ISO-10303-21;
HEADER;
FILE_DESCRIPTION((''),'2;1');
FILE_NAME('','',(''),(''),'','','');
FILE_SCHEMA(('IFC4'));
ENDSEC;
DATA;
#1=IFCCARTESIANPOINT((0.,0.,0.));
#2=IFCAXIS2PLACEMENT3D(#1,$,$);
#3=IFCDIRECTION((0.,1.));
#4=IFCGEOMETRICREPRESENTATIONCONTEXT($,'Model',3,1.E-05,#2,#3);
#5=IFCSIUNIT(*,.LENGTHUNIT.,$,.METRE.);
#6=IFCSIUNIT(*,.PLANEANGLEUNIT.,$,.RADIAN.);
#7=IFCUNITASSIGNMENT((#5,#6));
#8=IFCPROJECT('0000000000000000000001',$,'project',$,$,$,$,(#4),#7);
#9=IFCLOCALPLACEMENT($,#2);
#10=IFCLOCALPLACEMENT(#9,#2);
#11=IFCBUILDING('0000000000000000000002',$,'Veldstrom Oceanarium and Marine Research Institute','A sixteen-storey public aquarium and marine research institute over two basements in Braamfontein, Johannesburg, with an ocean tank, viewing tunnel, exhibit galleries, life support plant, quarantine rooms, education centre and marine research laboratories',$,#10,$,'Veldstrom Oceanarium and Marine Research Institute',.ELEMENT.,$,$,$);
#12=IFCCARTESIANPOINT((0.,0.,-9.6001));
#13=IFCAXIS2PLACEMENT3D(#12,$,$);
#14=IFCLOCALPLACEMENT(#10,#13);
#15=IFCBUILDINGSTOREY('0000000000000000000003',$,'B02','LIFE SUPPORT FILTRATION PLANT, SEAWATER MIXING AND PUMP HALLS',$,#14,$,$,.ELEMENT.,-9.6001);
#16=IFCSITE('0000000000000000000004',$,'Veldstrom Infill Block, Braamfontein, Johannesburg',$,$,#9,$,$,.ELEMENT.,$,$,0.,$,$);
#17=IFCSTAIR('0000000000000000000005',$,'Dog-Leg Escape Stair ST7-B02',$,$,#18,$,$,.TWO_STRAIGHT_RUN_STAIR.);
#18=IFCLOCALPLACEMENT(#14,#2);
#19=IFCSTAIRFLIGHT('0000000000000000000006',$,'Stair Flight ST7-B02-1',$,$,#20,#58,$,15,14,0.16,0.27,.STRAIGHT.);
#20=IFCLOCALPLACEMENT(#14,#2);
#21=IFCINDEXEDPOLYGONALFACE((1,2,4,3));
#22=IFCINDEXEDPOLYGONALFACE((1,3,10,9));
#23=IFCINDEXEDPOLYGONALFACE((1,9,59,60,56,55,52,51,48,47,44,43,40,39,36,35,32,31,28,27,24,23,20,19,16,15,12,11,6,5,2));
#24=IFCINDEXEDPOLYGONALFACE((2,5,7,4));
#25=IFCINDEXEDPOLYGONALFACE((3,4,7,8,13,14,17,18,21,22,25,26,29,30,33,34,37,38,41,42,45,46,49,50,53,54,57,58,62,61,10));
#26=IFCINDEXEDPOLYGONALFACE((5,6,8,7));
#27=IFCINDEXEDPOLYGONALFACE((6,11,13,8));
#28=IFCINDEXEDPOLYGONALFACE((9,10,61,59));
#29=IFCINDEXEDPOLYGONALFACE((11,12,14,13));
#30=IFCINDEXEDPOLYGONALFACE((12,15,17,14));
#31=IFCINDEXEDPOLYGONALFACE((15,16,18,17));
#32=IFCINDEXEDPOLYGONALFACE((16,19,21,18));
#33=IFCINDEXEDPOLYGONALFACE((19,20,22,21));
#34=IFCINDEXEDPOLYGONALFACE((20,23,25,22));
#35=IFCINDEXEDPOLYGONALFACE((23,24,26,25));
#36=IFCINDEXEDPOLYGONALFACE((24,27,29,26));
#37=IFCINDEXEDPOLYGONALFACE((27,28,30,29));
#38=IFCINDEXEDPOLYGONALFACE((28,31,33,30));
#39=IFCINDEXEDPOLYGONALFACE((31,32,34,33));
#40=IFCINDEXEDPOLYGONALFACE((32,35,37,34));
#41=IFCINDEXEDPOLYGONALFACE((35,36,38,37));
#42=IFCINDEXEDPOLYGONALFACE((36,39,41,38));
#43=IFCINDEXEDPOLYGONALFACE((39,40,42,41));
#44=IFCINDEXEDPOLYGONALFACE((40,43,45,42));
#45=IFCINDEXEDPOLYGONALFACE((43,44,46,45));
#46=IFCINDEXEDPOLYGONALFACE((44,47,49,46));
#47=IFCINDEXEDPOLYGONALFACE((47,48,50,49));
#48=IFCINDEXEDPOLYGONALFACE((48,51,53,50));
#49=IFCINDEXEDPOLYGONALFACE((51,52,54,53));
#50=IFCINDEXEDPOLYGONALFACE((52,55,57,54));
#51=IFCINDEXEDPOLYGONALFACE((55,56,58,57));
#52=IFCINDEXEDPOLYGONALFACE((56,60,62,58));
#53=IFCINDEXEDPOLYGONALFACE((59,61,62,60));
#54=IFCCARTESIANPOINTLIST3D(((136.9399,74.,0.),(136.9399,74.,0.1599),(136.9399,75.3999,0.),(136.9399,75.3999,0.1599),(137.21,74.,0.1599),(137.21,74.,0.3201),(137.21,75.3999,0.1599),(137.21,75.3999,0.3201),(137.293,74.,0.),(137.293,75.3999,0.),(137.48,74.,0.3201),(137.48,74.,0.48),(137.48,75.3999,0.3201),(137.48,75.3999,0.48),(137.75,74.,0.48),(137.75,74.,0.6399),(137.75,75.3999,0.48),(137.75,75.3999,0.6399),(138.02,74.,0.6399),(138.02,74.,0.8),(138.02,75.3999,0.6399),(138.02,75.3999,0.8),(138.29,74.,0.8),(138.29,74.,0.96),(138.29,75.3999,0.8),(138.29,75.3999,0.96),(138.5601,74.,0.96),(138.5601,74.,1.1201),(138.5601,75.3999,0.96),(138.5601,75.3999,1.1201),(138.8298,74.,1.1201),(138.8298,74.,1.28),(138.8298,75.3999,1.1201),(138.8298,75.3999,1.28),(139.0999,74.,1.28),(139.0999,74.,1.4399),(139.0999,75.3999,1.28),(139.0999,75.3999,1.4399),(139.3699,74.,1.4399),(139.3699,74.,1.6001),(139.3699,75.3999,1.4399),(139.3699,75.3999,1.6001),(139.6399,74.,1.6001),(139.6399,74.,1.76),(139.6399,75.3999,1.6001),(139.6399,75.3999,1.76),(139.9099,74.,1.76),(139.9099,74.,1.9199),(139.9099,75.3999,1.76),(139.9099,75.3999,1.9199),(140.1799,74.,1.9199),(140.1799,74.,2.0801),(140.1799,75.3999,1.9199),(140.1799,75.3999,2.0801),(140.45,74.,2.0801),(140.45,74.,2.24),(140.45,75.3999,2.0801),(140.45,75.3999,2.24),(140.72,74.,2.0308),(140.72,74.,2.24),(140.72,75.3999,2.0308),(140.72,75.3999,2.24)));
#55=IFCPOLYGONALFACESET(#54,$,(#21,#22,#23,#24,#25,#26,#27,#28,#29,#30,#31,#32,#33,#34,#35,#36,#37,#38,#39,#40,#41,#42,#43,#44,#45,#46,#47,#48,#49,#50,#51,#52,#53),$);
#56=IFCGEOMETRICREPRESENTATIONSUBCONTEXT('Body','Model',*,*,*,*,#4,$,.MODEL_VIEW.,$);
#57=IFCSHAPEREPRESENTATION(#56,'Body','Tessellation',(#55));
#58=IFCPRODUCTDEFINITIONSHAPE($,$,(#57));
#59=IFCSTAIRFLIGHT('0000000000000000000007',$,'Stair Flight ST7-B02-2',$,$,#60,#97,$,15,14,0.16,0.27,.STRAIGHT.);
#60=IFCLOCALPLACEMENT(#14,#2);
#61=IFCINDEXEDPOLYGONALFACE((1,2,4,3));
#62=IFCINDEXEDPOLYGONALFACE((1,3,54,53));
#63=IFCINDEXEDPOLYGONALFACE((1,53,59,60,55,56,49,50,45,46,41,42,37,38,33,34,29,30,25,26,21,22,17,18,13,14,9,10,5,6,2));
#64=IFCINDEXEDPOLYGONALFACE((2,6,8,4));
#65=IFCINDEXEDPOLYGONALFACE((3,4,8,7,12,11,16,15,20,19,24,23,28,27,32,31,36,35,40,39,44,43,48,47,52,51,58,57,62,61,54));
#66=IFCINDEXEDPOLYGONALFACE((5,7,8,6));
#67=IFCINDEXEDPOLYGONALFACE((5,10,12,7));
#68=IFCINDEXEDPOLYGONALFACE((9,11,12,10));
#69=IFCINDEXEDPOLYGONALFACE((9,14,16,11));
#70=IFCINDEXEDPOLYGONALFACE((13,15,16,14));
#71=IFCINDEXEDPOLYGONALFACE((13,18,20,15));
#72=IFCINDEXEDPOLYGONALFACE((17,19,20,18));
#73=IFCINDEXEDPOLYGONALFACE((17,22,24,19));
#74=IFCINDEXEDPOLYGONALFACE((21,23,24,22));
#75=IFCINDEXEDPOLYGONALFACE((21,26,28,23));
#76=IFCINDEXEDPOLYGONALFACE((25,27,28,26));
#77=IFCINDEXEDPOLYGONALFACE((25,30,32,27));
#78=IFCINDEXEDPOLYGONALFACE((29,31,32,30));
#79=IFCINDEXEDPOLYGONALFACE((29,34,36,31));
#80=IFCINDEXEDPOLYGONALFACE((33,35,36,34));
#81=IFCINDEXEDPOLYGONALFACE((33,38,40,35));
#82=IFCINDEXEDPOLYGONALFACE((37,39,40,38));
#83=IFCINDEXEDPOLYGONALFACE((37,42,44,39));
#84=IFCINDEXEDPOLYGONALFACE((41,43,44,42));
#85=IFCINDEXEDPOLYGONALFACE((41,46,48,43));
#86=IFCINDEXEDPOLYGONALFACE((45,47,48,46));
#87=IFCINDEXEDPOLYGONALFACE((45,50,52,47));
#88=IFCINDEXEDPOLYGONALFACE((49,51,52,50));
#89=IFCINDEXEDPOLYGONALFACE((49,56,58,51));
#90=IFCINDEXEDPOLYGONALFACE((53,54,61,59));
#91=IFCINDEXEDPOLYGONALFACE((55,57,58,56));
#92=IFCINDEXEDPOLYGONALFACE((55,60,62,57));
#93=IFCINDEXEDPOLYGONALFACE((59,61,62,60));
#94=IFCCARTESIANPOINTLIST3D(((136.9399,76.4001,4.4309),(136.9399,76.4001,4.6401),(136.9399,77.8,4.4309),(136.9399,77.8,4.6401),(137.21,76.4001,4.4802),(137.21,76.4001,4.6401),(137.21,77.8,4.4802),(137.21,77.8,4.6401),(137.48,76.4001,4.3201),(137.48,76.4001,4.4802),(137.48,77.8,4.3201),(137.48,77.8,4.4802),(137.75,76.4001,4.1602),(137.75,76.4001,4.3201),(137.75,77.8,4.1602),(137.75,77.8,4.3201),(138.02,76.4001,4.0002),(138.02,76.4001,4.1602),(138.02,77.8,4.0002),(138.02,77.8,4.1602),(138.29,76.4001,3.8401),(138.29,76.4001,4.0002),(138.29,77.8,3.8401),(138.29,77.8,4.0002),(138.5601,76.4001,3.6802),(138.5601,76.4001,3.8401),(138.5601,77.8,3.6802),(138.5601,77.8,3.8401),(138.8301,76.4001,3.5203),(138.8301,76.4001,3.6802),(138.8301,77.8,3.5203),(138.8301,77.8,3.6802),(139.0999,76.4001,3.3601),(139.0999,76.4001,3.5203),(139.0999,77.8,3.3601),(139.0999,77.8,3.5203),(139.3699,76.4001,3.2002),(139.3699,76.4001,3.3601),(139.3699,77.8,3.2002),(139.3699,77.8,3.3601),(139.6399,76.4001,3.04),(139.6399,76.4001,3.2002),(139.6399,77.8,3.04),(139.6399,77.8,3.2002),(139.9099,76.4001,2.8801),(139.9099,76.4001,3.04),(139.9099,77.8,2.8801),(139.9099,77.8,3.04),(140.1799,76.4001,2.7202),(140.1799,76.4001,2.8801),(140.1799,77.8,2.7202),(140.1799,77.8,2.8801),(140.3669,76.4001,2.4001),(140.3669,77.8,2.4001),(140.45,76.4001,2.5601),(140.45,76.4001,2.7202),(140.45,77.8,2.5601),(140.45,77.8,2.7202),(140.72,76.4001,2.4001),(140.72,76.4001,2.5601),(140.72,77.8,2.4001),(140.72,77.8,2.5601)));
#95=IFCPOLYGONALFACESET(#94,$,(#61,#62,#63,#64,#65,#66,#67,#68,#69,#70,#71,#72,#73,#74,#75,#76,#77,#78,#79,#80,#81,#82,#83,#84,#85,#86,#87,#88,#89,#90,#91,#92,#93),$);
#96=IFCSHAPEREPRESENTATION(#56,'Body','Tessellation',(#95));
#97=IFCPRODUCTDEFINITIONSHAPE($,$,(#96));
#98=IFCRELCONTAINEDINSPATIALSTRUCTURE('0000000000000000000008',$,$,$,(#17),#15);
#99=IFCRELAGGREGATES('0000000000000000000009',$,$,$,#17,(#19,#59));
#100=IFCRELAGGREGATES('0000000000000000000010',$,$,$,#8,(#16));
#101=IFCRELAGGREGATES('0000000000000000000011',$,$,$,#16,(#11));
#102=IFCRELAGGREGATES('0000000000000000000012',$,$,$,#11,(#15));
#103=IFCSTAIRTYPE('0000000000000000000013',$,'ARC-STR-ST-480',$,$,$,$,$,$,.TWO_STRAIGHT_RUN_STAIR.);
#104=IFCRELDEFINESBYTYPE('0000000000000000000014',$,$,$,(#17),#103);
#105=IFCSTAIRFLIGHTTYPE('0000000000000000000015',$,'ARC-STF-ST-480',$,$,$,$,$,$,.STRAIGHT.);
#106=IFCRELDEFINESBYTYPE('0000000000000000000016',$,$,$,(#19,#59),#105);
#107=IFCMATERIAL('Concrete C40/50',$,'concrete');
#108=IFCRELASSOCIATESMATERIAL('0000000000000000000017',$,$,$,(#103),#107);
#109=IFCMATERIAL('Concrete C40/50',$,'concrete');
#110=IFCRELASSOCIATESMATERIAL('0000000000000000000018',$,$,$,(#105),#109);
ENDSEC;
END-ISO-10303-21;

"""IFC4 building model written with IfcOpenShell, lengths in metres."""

from ifc_helpers import new_model, si_unit, direction, frame, origin, place, context, subcontext, project, spatial, polyline, outline, extrude, material, type_object, element, aggregate, save


model = new_model("IFC4")

# Units and contexts
model_context = context("Model", 3, precision=1e-05, world=origin(), true_north=direction((0.0, 1.0)))
body_context = subcontext(model_context, "Body", "Model", "MODEL_VIEW")
ifc_project = project(units=[si_unit("LENGTHUNIT", "METRE"), si_unit("PLANEANGLEUNIT", "RADIAN")], contexts=[model_context])

# Site, building, storey
site_placement = place(None, origin())
site = spatial("IfcSite", under=ifc_project, at=site_placement, Name="Veldstrom Infill Block, Braamfontein, Johannesburg", CompositionType="ELEMENT", RefElevation=0.0)
building_placement = place(site_placement, origin())
building = spatial("IfcBuilding", under=site, at=building_placement, Name="Veldstrom Oceanarium and Marine Research Institute", Description="A sixteen-storey public aquarium and marine research institute over two basements in Braamfontein, Johannesburg, with an ocean tank, viewing tunnel, exhibit galleries, life support plant, quarantine rooms, education centre and marine research laboratories", LongName="Veldstrom Oceanarium and Marine Research Institute", CompositionType="ELEMENT")
storey_placement = place(building_placement, frame((0.0, 0.0, -9.6001)))
storey = spatial("IfcBuildingStorey", under=building, at=storey_placement, Name="B02", Description="LIFE SUPPORT FILTRATION PLANT, SEAWATER MIXING AND PUMP HALLS", CompositionType="ELEMENT", Elevation=-9.6001)

# Stair, stair flights
ifc_material_1 = material(Name="Concrete C40/50", Category="concrete")
stair_type = type_object("IfcStairType", Name="ARC-STR-ST-480", PredefinedType="TWO_STRAIGHT_RUN_STAIR", material=ifc_material_1)
stair_placement = place(storey_placement, origin())
stair = element("IfcStair", 1, at=stair_placement, inside=storey, type_object=stair_type, Name="Dog-Leg Escape Stair ST7-B02", PredefinedType="TWO_STRAIGHT_RUN_STAIR")
ifc_material_2 = material(Name="Concrete C40/50", Category="concrete")
stair_flight_type = type_object("IfcStairFlightType", Name="ARC-STF-ST-480", PredefinedType="STRAIGHT", material=ifc_material_2)
stair_flight_1_placement = place(storey_placement, frame((136.9399, 74.7, 0.0), z_axis=(0.0, 0.0, 1.0), x_axis=(1.0, 0.0, 0.0)))
stair_flight_1 = element("IfcStairFlight", 2, at=stair_flight_1_placement, type_object=stair_flight_type, Name="Stair Flight ST7-B02-1", NumberOfRisers=15, NumberOfTreads=14, PredefinedType="STRAIGHT", RiserHeight=0.16, TreadLength=0.27, context=body_context, shape_type="SweptSolid", body=[
    extrude(outline(polyline([(0.0, 0.0), (0.0, 0.1599), (0.27, 0.1599), (0.27, 0.3201), (0.54, 0.3201), (0.54, 0.48), (0.8101, 0.48), (0.8101, 0.6399), (1.0801, 0.6399), (1.0801, 0.8), (1.3501, 0.8), (1.3501, 0.96), (1.6201, 0.96), (1.6201, 1.1201), (1.8899, 1.1201), (1.8899, 1.28), (2.1599, 1.28), (2.1599, 1.4399), (2.4299, 1.4399), (2.4299, 1.6001), (2.7, 1.6001), (2.7, 1.76), (2.97, 1.76), (2.97, 1.9199), (3.24, 1.9199), (3.24, 2.0801), (3.51, 2.0801), (3.51, 2.24), (3.78, 2.24), (3.78, 2.3999), (3.78, 2.0308), (0.353, 0.0), (0.0, 0.0)])), frame((0.0, 0.7, 0.0), z_axis=(0.0, -1.0, 0.0), x_axis=(1.0, 0.0, 0.0)), (0.0, 0.0, 1.0), 1.3999),
])
stair_flight_2_placement = place(storey_placement, frame((140.72, 77.1001, 2.4001), z_axis=(0.0, 0.0, 1.0), x_axis=(-1.0, 0.0, 0.0)))
stair_flight_2 = element("IfcStairFlight", 3, at=stair_flight_2_placement, type_object=stair_flight_type, Name="Stair Flight ST7-B02-2", NumberOfRisers=15, NumberOfTreads=14, PredefinedType="STRAIGHT", RiserHeight=0.16, TreadLength=0.27, context=body_context, shape_type="SweptSolid", body=[
    extrude(outline(polyline([(0.0, 0.0), (0.0, 0.1599), (0.27, 0.1599), (0.27, 0.3201), (0.54, 0.3201), (0.54, 0.48), (0.8101, 0.48), (0.8101, 0.6399), (1.0801, 0.6399), (1.0801, 0.8), (1.3501, 0.8), (1.3501, 0.96), (1.6201, 0.96), (1.6201, 1.1201), (1.8899, 1.1201), (1.8899, 1.28), (2.1599, 1.28), (2.1599, 1.4399), (2.4299, 1.4399), (2.4299, 1.6001), (2.7, 1.6001), (2.7, 1.76), (2.97, 1.76), (2.97, 1.9199), (3.24, 1.9199), (3.24, 2.0801), (3.51, 2.0801), (3.51, 2.24), (3.78, 2.24), (3.78, 2.3999), (3.78, 2.0308), (0.353, 0.0), (0.0, 0.0)])), frame((0.0, 0.7, 0.0), z_axis=(0.0, -1.0, 0.0), x_axis=(1.0, 0.0, 0.0)), (0.0, 0.0, 1.0), 1.3999),
])
aggregate(stair, [stair_flight_1, stair_flight_2])

save(model, "model.ifc")
